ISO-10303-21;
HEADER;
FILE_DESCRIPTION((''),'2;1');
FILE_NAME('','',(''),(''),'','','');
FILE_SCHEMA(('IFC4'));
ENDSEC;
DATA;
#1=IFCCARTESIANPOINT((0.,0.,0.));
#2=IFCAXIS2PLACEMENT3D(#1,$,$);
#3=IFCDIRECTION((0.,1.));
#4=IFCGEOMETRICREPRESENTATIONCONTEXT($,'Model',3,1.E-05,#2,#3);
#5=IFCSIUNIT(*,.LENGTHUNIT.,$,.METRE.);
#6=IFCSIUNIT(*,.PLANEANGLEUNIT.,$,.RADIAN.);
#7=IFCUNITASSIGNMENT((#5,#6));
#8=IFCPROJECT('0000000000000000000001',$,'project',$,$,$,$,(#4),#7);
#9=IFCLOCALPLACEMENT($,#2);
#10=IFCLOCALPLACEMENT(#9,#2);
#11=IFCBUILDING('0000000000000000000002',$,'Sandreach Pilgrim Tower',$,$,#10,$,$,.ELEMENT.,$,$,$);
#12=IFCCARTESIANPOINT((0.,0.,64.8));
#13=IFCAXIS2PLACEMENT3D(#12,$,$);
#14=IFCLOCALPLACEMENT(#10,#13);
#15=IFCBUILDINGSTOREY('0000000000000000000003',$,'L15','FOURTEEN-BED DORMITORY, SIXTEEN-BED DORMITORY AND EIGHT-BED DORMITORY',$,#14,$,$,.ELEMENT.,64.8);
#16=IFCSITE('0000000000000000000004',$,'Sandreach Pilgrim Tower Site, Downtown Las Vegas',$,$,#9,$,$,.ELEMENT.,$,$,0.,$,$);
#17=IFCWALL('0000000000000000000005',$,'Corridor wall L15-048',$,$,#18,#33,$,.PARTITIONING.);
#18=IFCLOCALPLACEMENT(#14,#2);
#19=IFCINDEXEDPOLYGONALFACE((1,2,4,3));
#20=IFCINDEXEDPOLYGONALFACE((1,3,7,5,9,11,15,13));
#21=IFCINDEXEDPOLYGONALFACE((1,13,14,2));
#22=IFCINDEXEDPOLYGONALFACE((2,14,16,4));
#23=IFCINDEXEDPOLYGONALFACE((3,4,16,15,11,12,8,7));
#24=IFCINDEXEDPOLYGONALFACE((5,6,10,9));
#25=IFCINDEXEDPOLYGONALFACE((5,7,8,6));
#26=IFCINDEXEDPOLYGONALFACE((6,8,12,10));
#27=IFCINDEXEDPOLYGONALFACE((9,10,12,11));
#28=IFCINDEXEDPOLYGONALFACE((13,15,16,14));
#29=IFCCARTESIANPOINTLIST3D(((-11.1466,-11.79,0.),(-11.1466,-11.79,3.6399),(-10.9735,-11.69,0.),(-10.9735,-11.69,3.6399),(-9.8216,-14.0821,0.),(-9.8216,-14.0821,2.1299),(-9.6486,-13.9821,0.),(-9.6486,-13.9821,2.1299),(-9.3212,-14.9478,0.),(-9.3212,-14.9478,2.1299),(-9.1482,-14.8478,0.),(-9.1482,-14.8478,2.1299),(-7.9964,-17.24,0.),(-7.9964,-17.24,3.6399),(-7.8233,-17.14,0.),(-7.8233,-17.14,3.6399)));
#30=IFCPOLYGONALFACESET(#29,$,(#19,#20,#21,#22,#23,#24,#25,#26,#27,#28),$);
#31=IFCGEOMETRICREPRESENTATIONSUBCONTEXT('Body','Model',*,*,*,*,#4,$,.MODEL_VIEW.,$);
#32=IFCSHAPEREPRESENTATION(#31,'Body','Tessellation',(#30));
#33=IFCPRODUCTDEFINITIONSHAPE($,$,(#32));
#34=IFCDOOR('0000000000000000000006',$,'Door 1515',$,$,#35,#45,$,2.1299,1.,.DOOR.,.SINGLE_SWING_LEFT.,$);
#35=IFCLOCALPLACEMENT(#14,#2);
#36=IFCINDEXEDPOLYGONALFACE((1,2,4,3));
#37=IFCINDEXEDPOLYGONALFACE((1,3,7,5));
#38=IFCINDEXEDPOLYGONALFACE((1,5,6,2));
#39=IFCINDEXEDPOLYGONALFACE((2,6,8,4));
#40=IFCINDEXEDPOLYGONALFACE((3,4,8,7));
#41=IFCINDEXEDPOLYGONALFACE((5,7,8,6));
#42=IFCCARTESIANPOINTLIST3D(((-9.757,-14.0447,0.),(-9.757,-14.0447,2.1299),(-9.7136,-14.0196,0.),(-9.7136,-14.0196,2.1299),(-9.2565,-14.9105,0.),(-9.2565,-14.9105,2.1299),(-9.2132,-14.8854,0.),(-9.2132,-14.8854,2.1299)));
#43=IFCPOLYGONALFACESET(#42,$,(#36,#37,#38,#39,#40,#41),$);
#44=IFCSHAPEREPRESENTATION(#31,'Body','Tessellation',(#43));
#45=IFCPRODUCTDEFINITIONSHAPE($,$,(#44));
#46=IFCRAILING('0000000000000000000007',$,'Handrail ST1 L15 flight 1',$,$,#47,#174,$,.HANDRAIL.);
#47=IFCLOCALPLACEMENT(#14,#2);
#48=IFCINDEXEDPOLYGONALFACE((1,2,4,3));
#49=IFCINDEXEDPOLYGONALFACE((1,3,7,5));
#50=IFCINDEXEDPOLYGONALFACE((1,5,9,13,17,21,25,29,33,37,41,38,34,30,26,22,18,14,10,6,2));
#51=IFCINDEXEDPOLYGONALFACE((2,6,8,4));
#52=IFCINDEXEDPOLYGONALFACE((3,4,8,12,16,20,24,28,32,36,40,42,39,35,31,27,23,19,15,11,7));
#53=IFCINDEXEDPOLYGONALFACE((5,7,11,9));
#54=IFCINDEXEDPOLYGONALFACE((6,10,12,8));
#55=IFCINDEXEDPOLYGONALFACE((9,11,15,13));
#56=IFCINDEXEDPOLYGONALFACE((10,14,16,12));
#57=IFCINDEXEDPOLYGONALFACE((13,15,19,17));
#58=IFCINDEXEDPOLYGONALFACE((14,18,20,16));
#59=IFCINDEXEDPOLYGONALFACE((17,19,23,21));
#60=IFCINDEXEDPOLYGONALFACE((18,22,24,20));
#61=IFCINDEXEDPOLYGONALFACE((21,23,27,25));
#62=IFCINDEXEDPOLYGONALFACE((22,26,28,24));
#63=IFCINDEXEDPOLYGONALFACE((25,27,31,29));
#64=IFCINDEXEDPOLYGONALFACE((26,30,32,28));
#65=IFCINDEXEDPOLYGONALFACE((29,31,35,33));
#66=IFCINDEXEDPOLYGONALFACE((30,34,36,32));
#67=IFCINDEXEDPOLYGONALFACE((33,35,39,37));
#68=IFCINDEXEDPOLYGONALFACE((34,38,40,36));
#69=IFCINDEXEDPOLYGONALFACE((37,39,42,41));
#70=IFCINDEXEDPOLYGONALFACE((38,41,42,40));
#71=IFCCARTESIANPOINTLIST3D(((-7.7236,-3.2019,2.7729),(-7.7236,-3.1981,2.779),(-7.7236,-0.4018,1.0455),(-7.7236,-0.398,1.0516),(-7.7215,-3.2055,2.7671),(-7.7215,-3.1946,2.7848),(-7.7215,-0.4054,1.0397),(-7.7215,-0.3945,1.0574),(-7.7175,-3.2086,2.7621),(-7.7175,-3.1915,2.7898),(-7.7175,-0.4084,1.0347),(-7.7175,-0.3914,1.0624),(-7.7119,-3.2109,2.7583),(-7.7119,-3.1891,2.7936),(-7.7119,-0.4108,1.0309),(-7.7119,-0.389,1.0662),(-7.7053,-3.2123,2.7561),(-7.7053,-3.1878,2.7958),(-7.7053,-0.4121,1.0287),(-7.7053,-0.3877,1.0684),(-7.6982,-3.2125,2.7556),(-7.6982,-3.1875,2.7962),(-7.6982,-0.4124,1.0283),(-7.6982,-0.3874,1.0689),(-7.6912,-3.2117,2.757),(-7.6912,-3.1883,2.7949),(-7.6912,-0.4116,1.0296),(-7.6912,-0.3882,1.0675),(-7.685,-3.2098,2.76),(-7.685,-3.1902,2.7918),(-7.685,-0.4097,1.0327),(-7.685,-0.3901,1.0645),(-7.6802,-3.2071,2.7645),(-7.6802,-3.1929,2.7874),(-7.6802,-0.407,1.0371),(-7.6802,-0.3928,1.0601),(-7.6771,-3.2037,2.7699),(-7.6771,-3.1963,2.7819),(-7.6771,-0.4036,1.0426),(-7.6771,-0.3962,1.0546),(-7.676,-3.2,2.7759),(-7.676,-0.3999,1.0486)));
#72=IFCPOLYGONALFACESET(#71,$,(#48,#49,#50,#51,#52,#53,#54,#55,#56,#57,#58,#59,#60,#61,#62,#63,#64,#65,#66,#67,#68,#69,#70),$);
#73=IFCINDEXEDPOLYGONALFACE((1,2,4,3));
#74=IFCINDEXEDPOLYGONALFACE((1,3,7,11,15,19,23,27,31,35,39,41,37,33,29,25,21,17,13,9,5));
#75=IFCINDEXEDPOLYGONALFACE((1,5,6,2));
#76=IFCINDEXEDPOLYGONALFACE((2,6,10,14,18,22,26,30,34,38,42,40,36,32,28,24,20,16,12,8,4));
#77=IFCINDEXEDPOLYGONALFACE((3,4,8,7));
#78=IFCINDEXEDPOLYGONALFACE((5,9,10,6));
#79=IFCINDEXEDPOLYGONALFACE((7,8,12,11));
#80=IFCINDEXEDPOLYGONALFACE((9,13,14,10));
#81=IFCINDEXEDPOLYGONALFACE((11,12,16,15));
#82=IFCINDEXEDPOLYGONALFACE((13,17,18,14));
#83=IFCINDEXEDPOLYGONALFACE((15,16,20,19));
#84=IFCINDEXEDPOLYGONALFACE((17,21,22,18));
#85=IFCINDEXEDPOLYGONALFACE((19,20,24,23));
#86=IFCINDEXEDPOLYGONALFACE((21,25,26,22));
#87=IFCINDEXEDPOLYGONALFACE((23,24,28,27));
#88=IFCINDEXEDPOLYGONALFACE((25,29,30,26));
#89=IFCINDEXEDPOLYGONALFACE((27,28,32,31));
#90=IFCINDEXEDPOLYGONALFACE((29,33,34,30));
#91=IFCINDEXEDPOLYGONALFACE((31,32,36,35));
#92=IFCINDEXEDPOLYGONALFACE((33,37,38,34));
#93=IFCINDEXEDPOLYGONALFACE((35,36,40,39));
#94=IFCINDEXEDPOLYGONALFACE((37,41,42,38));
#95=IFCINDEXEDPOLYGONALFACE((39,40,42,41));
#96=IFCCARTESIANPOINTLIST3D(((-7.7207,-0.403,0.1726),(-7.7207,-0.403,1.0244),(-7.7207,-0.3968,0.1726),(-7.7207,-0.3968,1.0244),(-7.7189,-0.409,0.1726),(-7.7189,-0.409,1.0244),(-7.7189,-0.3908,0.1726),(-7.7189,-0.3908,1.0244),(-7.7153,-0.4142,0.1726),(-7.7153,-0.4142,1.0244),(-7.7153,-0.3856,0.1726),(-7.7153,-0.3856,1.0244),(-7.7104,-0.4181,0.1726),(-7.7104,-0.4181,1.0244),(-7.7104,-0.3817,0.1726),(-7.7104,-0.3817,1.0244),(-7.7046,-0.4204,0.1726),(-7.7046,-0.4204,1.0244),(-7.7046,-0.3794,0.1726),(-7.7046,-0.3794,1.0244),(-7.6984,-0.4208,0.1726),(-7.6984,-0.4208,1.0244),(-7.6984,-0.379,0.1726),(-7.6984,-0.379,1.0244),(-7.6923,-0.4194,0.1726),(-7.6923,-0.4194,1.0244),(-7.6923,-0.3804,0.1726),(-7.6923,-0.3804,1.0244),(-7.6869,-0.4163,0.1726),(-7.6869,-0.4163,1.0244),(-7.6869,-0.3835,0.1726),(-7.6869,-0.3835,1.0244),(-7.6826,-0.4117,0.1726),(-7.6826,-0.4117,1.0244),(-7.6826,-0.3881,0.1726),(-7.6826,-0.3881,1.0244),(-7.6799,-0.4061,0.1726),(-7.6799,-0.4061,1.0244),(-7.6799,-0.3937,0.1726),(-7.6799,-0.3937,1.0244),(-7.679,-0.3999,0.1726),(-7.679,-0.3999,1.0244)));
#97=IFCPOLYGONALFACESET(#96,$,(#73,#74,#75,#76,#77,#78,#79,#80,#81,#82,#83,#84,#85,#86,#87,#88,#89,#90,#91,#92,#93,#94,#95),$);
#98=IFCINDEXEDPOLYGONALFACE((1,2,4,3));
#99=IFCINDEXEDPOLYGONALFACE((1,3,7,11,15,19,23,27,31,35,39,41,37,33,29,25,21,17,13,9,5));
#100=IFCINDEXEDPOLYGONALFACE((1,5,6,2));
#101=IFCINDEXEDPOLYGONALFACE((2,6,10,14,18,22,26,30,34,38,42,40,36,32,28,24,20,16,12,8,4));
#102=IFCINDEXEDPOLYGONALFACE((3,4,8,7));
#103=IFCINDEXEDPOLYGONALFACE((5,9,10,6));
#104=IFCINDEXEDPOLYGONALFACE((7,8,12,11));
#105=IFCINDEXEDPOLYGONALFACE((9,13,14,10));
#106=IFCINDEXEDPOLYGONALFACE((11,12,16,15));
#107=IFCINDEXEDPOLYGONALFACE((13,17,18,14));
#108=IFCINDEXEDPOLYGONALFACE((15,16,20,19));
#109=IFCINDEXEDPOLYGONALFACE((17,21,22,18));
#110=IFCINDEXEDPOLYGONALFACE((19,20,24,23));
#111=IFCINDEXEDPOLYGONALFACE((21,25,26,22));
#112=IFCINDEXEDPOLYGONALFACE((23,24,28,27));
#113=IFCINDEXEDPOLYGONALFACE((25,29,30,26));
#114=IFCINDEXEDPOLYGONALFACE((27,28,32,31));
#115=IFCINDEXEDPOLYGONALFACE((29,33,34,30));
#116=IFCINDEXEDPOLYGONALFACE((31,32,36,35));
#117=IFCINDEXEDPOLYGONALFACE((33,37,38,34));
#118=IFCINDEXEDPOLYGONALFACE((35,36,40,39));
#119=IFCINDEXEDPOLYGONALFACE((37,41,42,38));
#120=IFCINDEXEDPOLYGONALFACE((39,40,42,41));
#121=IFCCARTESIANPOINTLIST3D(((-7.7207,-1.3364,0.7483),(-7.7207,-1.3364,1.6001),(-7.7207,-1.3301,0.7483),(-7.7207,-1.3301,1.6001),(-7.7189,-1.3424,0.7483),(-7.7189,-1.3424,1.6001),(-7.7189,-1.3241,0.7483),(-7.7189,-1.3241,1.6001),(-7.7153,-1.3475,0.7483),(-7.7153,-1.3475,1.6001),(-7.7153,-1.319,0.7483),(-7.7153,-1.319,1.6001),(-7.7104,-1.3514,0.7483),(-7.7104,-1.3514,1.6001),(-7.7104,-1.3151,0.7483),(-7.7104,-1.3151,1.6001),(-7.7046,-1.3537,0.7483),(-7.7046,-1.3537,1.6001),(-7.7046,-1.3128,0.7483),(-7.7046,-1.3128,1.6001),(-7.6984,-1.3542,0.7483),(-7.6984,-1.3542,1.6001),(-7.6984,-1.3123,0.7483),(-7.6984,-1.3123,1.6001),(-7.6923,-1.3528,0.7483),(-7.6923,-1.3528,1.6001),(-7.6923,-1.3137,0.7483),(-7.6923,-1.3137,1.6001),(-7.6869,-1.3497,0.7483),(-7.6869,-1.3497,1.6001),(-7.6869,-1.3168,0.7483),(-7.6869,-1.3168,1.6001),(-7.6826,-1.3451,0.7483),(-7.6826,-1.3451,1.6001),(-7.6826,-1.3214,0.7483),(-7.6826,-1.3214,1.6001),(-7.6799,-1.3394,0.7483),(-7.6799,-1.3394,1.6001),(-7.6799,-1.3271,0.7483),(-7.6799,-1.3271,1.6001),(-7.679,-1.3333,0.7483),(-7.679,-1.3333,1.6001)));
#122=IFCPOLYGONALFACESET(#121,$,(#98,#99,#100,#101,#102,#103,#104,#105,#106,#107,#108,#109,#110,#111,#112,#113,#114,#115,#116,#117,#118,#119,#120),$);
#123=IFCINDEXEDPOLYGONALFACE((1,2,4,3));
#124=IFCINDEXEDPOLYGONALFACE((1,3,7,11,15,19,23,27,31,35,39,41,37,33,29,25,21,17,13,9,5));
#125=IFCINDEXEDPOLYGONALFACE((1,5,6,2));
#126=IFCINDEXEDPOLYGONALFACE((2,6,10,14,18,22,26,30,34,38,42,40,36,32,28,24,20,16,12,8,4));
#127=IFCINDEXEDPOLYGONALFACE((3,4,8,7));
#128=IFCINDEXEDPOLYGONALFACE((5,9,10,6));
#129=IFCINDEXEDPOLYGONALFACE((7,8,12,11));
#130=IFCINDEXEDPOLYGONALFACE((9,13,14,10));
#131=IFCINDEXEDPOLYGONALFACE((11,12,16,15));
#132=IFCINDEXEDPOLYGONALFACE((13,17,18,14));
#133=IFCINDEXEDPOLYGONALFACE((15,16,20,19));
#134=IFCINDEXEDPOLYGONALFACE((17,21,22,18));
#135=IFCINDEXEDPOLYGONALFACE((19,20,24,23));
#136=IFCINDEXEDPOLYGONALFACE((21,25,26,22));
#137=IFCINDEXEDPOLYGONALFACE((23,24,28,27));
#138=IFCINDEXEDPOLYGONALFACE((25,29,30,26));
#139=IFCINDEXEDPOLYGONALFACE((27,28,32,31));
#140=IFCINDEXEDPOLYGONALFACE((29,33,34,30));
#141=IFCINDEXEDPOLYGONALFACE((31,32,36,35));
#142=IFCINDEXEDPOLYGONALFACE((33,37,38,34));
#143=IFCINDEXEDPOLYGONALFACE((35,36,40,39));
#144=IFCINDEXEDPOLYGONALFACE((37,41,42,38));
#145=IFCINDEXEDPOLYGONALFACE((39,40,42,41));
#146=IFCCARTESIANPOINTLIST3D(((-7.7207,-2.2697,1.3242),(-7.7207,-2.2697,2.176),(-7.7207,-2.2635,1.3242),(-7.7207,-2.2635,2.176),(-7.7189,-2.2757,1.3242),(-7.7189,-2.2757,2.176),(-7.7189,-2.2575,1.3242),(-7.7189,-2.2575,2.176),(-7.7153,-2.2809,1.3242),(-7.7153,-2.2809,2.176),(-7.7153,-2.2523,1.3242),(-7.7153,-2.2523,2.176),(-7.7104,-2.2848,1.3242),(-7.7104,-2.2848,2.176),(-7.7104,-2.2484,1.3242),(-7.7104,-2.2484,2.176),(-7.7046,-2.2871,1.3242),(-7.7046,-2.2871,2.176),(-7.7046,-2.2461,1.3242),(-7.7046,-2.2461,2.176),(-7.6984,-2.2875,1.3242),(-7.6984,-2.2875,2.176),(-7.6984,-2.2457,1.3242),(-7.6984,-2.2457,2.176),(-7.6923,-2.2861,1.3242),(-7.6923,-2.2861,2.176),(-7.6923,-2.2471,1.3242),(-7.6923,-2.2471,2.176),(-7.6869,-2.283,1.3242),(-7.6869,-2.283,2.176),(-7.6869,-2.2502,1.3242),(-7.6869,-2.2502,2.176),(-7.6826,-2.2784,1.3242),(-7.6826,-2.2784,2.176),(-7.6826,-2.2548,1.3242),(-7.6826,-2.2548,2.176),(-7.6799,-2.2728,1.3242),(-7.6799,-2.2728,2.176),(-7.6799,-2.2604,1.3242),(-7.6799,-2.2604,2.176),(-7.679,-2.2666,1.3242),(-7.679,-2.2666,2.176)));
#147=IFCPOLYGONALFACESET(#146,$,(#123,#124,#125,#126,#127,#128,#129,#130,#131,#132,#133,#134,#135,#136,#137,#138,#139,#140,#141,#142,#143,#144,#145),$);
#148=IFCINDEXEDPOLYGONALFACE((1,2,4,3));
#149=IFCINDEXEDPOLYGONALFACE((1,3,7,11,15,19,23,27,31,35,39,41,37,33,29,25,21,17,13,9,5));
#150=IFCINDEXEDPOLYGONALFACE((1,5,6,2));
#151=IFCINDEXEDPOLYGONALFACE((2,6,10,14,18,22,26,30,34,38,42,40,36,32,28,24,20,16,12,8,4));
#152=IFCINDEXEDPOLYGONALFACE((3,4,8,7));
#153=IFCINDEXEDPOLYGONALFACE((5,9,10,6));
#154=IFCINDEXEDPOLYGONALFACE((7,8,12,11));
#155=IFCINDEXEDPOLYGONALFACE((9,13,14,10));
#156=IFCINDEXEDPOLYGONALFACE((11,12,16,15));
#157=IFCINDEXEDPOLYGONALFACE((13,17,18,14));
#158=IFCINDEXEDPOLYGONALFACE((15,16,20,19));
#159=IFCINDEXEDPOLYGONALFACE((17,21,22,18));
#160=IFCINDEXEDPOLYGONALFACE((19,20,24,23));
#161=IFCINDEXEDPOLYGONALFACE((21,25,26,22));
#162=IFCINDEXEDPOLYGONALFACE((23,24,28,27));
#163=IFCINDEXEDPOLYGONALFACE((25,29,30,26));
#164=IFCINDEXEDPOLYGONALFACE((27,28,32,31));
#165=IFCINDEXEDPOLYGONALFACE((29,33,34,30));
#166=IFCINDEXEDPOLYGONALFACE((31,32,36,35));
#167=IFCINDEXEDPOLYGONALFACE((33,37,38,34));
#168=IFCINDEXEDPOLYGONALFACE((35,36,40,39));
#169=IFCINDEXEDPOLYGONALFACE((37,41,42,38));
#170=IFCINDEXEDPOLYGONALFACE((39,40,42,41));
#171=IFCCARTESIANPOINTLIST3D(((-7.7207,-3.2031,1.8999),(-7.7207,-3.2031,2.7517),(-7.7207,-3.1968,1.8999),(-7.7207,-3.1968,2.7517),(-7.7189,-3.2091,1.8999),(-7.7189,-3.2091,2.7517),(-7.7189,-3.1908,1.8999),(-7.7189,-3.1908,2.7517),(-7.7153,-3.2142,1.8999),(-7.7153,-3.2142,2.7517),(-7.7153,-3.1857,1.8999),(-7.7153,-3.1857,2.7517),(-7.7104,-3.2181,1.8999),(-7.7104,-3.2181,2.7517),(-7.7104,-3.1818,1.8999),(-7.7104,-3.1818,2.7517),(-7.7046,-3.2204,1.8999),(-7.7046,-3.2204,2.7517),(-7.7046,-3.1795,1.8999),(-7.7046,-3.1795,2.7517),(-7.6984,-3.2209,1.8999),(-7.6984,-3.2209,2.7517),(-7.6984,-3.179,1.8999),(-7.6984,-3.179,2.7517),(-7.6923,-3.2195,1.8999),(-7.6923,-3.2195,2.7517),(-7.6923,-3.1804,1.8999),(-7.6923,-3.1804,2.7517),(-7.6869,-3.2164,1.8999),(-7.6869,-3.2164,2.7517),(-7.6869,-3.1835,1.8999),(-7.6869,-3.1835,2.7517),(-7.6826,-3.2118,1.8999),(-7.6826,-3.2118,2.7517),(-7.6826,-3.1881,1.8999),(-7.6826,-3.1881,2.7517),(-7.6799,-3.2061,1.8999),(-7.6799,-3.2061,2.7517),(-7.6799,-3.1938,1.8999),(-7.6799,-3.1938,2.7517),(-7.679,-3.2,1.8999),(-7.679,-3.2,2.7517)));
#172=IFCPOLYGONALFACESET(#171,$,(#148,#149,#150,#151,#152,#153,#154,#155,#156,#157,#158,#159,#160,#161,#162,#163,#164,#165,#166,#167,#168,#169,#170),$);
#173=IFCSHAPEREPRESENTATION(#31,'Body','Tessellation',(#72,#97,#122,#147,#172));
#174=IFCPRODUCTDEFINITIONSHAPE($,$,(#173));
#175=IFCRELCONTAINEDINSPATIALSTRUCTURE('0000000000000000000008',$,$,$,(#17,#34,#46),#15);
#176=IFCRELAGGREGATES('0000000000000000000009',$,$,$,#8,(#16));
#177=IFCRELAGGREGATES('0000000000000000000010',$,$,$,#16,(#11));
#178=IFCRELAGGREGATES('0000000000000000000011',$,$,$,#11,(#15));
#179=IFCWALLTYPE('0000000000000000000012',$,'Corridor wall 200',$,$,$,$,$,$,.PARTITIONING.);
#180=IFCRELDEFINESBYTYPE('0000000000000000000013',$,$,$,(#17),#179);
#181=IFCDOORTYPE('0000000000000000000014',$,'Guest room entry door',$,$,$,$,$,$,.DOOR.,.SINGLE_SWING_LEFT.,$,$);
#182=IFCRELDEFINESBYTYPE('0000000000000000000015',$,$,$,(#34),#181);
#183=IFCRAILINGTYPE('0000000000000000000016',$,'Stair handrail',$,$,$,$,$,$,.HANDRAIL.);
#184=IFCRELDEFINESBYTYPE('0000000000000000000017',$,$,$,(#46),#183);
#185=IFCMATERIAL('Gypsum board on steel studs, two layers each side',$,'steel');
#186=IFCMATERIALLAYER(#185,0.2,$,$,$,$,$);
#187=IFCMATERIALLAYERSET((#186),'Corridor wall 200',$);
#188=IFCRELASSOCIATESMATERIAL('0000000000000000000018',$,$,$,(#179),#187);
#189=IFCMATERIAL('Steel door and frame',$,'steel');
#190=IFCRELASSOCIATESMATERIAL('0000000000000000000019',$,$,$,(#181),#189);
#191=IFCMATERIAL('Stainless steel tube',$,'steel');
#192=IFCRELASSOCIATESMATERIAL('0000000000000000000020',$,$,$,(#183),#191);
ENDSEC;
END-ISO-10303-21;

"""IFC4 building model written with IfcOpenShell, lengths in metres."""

from ifc_helpers import new_model, si_unit, direction, frame, frame_2d, origin, origin_2d, place, context, subcontext, project, spatial, rectangle, circle, extrude, material, layer, layer_set, type_object, element, fill, save


model = new_model("IFC4")

# Units and contexts
model_context = context("Model", 3, precision=1e-05, world=origin(), true_north=direction((0.0, 1.0)))
body_context = subcontext(model_context, "Body", "Model", "MODEL_VIEW")
ifc_project = project(units=[si_unit("LENGTHUNIT", "METRE"), si_unit("PLANEANGLEUNIT", "RADIAN")], contexts=[model_context])

# Site, building, storey
site_placement = place(None, origin())
site = spatial("IfcSite", under=ifc_project, at=site_placement, Name="Sandreach Pilgrim Tower Site, Downtown Las Vegas", CompositionType="ELEMENT", RefElevation=0.0)
building_placement = place(site_placement, origin())
building = spatial("IfcBuilding", under=site, at=building_placement, Name="Sandreach Pilgrim Tower", CompositionType="ELEMENT")
storey_placement = place(building_placement, frame((0.0, 0.0, 64.8)))
storey = spatial("IfcBuildingStorey", under=building, at=storey_placement, Name="L15", Description="FOURTEEN-BED DORMITORY, SIXTEEN-BED DORMITORY AND EIGHT-BED DORMITORY", CompositionType="ELEMENT", Elevation=64.8)

# Shared definitions
ifc_material_1 = material(Name="Gypsum board on steel studs, two layers each side", Category="steel")
ifc_layer_1 = layer(ifc_material_1, 0.2)
ifc_layer_set_1 = layer_set([ifc_layer_1], Name="Corridor wall 200")
wall_type_1 = type_object("IfcWallType", Name="Corridor wall 200", PredefinedType="PARTITIONING", material=ifc_layer_set_1)
ifc_material_2 = material(Name="Steel door and frame", Category="steel")
door_type_1 = type_object("IfcDoorType", Name="Guest room entry door", OperationType="SINGLE_SWING_LEFT", PredefinedType="DOOR", material=ifc_material_2)

# Wall, opening, door
wall_1_placement = place(storey_placement, frame((-11.0601, -11.74, 0.0), z_axis=(0.0, 0.0, 1.0), x_axis=(0.500431, -0.865777, 0.0)))
wall_1 = element("IfcWall", 1, at=wall_1_placement, inside=storey, type_object=wall_type_1, Name="Corridor wall L15-048", PredefinedType="PARTITIONING", context=body_context, shape_type="SweptSolid", body=[
    extrude(rectangle(XDim=6.2949, YDim=0.2, at=frame_2d((3.1475, 0.0))), origin(), (0.0, 0.0, 1.0), 3.6399),
])
opening_1_placement = place(wall_1_placement, frame((2.6475, 0.0, 0.0)))
opening_1 = element("IfcOpeningElement", 2, at=opening_1_placement, cuts=wall_1, PredefinedType="OPENING", context=body_context, shape_type="SweptSolid", body=[
    extrude(rectangle(XDim=1.0, YDim=2.1299, at=frame_2d((0.5, 1.0649))), frame((0.0, 0.1001, 0.0), z_axis=(0.0, -1.0, 0.0), x_axis=(1.0, 0.0, 0.0)), (0.0, 0.0, 1.0), 0.2),
])
door_1_placement = place(opening_1_placement, origin())
door_1 = element("IfcDoor", 3, at=door_1_placement, inside=storey, type_object=door_type_1, Name="Door 1515", OperationType="SINGLE_SWING_LEFT", OverallHeight=2.1299, OverallWidth=1.0, PredefinedType="DOOR", context=body_context, shape_type="SweptSolid", body=[
    extrude(rectangle(XDim=1.0, YDim=2.1299, at=frame_2d((0.5, 1.0649))), frame((0.0, 0.0249, 0.0), z_axis=(0.0, -1.0, 0.0), x_axis=(1.0, 0.0, 0.0)), (0.0, 0.0, 1.0), 0.05),
])
fill(opening_1, door_1)

# Railing
ifc_material_3 = material(Name="Stainless steel tube", Category="steel")
railing_type = type_object("IfcRailingType", Name="Stair handrail", PredefinedType="HANDRAIL", material=ifc_material_3)
railing_placement = place(storey_placement, frame((-7.7, -0.3999, 0.1726)))
element("IfcRailing", 4, at=railing_placement, inside=storey, type_object=railing_type, Name="Handrail ST1 L15 flight 1", PredefinedType="HANDRAIL", context=body_context, shape_type="SweptSolid", body=[
    extrude(circle(Radius=0.0239, at=origin_2d()), frame((0.0, 0.0, 0.876), z_axis=(0.0, -0.85109, 0.52502), x_axis=(1.0, 0.0, 0.0)), (0.0, 0.0, 1.0), 3.29),
    extrude(circle(Radius=0.021, at=origin_2d()), origin(), (0.0, 0.0, 1.0), 0.8518),
    extrude(circle(Radius=0.021, at=origin_2d()), frame((0.0, -0.9333, 0.5757)), (0.0, 0.0, 1.0), 0.8518),
    extrude(circle(Radius=0.021, at=origin_2d()), frame((0.0, -1.8667, 1.1516)), (0.0, 0.0, 1.0), 0.8518),
    extrude(circle(Radius=0.021, at=origin_2d()), frame((0.0, -2.8, 1.7273)), (0.0, 0.0, 1.0), 0.8518),
])

save(model, "model.ifc")
